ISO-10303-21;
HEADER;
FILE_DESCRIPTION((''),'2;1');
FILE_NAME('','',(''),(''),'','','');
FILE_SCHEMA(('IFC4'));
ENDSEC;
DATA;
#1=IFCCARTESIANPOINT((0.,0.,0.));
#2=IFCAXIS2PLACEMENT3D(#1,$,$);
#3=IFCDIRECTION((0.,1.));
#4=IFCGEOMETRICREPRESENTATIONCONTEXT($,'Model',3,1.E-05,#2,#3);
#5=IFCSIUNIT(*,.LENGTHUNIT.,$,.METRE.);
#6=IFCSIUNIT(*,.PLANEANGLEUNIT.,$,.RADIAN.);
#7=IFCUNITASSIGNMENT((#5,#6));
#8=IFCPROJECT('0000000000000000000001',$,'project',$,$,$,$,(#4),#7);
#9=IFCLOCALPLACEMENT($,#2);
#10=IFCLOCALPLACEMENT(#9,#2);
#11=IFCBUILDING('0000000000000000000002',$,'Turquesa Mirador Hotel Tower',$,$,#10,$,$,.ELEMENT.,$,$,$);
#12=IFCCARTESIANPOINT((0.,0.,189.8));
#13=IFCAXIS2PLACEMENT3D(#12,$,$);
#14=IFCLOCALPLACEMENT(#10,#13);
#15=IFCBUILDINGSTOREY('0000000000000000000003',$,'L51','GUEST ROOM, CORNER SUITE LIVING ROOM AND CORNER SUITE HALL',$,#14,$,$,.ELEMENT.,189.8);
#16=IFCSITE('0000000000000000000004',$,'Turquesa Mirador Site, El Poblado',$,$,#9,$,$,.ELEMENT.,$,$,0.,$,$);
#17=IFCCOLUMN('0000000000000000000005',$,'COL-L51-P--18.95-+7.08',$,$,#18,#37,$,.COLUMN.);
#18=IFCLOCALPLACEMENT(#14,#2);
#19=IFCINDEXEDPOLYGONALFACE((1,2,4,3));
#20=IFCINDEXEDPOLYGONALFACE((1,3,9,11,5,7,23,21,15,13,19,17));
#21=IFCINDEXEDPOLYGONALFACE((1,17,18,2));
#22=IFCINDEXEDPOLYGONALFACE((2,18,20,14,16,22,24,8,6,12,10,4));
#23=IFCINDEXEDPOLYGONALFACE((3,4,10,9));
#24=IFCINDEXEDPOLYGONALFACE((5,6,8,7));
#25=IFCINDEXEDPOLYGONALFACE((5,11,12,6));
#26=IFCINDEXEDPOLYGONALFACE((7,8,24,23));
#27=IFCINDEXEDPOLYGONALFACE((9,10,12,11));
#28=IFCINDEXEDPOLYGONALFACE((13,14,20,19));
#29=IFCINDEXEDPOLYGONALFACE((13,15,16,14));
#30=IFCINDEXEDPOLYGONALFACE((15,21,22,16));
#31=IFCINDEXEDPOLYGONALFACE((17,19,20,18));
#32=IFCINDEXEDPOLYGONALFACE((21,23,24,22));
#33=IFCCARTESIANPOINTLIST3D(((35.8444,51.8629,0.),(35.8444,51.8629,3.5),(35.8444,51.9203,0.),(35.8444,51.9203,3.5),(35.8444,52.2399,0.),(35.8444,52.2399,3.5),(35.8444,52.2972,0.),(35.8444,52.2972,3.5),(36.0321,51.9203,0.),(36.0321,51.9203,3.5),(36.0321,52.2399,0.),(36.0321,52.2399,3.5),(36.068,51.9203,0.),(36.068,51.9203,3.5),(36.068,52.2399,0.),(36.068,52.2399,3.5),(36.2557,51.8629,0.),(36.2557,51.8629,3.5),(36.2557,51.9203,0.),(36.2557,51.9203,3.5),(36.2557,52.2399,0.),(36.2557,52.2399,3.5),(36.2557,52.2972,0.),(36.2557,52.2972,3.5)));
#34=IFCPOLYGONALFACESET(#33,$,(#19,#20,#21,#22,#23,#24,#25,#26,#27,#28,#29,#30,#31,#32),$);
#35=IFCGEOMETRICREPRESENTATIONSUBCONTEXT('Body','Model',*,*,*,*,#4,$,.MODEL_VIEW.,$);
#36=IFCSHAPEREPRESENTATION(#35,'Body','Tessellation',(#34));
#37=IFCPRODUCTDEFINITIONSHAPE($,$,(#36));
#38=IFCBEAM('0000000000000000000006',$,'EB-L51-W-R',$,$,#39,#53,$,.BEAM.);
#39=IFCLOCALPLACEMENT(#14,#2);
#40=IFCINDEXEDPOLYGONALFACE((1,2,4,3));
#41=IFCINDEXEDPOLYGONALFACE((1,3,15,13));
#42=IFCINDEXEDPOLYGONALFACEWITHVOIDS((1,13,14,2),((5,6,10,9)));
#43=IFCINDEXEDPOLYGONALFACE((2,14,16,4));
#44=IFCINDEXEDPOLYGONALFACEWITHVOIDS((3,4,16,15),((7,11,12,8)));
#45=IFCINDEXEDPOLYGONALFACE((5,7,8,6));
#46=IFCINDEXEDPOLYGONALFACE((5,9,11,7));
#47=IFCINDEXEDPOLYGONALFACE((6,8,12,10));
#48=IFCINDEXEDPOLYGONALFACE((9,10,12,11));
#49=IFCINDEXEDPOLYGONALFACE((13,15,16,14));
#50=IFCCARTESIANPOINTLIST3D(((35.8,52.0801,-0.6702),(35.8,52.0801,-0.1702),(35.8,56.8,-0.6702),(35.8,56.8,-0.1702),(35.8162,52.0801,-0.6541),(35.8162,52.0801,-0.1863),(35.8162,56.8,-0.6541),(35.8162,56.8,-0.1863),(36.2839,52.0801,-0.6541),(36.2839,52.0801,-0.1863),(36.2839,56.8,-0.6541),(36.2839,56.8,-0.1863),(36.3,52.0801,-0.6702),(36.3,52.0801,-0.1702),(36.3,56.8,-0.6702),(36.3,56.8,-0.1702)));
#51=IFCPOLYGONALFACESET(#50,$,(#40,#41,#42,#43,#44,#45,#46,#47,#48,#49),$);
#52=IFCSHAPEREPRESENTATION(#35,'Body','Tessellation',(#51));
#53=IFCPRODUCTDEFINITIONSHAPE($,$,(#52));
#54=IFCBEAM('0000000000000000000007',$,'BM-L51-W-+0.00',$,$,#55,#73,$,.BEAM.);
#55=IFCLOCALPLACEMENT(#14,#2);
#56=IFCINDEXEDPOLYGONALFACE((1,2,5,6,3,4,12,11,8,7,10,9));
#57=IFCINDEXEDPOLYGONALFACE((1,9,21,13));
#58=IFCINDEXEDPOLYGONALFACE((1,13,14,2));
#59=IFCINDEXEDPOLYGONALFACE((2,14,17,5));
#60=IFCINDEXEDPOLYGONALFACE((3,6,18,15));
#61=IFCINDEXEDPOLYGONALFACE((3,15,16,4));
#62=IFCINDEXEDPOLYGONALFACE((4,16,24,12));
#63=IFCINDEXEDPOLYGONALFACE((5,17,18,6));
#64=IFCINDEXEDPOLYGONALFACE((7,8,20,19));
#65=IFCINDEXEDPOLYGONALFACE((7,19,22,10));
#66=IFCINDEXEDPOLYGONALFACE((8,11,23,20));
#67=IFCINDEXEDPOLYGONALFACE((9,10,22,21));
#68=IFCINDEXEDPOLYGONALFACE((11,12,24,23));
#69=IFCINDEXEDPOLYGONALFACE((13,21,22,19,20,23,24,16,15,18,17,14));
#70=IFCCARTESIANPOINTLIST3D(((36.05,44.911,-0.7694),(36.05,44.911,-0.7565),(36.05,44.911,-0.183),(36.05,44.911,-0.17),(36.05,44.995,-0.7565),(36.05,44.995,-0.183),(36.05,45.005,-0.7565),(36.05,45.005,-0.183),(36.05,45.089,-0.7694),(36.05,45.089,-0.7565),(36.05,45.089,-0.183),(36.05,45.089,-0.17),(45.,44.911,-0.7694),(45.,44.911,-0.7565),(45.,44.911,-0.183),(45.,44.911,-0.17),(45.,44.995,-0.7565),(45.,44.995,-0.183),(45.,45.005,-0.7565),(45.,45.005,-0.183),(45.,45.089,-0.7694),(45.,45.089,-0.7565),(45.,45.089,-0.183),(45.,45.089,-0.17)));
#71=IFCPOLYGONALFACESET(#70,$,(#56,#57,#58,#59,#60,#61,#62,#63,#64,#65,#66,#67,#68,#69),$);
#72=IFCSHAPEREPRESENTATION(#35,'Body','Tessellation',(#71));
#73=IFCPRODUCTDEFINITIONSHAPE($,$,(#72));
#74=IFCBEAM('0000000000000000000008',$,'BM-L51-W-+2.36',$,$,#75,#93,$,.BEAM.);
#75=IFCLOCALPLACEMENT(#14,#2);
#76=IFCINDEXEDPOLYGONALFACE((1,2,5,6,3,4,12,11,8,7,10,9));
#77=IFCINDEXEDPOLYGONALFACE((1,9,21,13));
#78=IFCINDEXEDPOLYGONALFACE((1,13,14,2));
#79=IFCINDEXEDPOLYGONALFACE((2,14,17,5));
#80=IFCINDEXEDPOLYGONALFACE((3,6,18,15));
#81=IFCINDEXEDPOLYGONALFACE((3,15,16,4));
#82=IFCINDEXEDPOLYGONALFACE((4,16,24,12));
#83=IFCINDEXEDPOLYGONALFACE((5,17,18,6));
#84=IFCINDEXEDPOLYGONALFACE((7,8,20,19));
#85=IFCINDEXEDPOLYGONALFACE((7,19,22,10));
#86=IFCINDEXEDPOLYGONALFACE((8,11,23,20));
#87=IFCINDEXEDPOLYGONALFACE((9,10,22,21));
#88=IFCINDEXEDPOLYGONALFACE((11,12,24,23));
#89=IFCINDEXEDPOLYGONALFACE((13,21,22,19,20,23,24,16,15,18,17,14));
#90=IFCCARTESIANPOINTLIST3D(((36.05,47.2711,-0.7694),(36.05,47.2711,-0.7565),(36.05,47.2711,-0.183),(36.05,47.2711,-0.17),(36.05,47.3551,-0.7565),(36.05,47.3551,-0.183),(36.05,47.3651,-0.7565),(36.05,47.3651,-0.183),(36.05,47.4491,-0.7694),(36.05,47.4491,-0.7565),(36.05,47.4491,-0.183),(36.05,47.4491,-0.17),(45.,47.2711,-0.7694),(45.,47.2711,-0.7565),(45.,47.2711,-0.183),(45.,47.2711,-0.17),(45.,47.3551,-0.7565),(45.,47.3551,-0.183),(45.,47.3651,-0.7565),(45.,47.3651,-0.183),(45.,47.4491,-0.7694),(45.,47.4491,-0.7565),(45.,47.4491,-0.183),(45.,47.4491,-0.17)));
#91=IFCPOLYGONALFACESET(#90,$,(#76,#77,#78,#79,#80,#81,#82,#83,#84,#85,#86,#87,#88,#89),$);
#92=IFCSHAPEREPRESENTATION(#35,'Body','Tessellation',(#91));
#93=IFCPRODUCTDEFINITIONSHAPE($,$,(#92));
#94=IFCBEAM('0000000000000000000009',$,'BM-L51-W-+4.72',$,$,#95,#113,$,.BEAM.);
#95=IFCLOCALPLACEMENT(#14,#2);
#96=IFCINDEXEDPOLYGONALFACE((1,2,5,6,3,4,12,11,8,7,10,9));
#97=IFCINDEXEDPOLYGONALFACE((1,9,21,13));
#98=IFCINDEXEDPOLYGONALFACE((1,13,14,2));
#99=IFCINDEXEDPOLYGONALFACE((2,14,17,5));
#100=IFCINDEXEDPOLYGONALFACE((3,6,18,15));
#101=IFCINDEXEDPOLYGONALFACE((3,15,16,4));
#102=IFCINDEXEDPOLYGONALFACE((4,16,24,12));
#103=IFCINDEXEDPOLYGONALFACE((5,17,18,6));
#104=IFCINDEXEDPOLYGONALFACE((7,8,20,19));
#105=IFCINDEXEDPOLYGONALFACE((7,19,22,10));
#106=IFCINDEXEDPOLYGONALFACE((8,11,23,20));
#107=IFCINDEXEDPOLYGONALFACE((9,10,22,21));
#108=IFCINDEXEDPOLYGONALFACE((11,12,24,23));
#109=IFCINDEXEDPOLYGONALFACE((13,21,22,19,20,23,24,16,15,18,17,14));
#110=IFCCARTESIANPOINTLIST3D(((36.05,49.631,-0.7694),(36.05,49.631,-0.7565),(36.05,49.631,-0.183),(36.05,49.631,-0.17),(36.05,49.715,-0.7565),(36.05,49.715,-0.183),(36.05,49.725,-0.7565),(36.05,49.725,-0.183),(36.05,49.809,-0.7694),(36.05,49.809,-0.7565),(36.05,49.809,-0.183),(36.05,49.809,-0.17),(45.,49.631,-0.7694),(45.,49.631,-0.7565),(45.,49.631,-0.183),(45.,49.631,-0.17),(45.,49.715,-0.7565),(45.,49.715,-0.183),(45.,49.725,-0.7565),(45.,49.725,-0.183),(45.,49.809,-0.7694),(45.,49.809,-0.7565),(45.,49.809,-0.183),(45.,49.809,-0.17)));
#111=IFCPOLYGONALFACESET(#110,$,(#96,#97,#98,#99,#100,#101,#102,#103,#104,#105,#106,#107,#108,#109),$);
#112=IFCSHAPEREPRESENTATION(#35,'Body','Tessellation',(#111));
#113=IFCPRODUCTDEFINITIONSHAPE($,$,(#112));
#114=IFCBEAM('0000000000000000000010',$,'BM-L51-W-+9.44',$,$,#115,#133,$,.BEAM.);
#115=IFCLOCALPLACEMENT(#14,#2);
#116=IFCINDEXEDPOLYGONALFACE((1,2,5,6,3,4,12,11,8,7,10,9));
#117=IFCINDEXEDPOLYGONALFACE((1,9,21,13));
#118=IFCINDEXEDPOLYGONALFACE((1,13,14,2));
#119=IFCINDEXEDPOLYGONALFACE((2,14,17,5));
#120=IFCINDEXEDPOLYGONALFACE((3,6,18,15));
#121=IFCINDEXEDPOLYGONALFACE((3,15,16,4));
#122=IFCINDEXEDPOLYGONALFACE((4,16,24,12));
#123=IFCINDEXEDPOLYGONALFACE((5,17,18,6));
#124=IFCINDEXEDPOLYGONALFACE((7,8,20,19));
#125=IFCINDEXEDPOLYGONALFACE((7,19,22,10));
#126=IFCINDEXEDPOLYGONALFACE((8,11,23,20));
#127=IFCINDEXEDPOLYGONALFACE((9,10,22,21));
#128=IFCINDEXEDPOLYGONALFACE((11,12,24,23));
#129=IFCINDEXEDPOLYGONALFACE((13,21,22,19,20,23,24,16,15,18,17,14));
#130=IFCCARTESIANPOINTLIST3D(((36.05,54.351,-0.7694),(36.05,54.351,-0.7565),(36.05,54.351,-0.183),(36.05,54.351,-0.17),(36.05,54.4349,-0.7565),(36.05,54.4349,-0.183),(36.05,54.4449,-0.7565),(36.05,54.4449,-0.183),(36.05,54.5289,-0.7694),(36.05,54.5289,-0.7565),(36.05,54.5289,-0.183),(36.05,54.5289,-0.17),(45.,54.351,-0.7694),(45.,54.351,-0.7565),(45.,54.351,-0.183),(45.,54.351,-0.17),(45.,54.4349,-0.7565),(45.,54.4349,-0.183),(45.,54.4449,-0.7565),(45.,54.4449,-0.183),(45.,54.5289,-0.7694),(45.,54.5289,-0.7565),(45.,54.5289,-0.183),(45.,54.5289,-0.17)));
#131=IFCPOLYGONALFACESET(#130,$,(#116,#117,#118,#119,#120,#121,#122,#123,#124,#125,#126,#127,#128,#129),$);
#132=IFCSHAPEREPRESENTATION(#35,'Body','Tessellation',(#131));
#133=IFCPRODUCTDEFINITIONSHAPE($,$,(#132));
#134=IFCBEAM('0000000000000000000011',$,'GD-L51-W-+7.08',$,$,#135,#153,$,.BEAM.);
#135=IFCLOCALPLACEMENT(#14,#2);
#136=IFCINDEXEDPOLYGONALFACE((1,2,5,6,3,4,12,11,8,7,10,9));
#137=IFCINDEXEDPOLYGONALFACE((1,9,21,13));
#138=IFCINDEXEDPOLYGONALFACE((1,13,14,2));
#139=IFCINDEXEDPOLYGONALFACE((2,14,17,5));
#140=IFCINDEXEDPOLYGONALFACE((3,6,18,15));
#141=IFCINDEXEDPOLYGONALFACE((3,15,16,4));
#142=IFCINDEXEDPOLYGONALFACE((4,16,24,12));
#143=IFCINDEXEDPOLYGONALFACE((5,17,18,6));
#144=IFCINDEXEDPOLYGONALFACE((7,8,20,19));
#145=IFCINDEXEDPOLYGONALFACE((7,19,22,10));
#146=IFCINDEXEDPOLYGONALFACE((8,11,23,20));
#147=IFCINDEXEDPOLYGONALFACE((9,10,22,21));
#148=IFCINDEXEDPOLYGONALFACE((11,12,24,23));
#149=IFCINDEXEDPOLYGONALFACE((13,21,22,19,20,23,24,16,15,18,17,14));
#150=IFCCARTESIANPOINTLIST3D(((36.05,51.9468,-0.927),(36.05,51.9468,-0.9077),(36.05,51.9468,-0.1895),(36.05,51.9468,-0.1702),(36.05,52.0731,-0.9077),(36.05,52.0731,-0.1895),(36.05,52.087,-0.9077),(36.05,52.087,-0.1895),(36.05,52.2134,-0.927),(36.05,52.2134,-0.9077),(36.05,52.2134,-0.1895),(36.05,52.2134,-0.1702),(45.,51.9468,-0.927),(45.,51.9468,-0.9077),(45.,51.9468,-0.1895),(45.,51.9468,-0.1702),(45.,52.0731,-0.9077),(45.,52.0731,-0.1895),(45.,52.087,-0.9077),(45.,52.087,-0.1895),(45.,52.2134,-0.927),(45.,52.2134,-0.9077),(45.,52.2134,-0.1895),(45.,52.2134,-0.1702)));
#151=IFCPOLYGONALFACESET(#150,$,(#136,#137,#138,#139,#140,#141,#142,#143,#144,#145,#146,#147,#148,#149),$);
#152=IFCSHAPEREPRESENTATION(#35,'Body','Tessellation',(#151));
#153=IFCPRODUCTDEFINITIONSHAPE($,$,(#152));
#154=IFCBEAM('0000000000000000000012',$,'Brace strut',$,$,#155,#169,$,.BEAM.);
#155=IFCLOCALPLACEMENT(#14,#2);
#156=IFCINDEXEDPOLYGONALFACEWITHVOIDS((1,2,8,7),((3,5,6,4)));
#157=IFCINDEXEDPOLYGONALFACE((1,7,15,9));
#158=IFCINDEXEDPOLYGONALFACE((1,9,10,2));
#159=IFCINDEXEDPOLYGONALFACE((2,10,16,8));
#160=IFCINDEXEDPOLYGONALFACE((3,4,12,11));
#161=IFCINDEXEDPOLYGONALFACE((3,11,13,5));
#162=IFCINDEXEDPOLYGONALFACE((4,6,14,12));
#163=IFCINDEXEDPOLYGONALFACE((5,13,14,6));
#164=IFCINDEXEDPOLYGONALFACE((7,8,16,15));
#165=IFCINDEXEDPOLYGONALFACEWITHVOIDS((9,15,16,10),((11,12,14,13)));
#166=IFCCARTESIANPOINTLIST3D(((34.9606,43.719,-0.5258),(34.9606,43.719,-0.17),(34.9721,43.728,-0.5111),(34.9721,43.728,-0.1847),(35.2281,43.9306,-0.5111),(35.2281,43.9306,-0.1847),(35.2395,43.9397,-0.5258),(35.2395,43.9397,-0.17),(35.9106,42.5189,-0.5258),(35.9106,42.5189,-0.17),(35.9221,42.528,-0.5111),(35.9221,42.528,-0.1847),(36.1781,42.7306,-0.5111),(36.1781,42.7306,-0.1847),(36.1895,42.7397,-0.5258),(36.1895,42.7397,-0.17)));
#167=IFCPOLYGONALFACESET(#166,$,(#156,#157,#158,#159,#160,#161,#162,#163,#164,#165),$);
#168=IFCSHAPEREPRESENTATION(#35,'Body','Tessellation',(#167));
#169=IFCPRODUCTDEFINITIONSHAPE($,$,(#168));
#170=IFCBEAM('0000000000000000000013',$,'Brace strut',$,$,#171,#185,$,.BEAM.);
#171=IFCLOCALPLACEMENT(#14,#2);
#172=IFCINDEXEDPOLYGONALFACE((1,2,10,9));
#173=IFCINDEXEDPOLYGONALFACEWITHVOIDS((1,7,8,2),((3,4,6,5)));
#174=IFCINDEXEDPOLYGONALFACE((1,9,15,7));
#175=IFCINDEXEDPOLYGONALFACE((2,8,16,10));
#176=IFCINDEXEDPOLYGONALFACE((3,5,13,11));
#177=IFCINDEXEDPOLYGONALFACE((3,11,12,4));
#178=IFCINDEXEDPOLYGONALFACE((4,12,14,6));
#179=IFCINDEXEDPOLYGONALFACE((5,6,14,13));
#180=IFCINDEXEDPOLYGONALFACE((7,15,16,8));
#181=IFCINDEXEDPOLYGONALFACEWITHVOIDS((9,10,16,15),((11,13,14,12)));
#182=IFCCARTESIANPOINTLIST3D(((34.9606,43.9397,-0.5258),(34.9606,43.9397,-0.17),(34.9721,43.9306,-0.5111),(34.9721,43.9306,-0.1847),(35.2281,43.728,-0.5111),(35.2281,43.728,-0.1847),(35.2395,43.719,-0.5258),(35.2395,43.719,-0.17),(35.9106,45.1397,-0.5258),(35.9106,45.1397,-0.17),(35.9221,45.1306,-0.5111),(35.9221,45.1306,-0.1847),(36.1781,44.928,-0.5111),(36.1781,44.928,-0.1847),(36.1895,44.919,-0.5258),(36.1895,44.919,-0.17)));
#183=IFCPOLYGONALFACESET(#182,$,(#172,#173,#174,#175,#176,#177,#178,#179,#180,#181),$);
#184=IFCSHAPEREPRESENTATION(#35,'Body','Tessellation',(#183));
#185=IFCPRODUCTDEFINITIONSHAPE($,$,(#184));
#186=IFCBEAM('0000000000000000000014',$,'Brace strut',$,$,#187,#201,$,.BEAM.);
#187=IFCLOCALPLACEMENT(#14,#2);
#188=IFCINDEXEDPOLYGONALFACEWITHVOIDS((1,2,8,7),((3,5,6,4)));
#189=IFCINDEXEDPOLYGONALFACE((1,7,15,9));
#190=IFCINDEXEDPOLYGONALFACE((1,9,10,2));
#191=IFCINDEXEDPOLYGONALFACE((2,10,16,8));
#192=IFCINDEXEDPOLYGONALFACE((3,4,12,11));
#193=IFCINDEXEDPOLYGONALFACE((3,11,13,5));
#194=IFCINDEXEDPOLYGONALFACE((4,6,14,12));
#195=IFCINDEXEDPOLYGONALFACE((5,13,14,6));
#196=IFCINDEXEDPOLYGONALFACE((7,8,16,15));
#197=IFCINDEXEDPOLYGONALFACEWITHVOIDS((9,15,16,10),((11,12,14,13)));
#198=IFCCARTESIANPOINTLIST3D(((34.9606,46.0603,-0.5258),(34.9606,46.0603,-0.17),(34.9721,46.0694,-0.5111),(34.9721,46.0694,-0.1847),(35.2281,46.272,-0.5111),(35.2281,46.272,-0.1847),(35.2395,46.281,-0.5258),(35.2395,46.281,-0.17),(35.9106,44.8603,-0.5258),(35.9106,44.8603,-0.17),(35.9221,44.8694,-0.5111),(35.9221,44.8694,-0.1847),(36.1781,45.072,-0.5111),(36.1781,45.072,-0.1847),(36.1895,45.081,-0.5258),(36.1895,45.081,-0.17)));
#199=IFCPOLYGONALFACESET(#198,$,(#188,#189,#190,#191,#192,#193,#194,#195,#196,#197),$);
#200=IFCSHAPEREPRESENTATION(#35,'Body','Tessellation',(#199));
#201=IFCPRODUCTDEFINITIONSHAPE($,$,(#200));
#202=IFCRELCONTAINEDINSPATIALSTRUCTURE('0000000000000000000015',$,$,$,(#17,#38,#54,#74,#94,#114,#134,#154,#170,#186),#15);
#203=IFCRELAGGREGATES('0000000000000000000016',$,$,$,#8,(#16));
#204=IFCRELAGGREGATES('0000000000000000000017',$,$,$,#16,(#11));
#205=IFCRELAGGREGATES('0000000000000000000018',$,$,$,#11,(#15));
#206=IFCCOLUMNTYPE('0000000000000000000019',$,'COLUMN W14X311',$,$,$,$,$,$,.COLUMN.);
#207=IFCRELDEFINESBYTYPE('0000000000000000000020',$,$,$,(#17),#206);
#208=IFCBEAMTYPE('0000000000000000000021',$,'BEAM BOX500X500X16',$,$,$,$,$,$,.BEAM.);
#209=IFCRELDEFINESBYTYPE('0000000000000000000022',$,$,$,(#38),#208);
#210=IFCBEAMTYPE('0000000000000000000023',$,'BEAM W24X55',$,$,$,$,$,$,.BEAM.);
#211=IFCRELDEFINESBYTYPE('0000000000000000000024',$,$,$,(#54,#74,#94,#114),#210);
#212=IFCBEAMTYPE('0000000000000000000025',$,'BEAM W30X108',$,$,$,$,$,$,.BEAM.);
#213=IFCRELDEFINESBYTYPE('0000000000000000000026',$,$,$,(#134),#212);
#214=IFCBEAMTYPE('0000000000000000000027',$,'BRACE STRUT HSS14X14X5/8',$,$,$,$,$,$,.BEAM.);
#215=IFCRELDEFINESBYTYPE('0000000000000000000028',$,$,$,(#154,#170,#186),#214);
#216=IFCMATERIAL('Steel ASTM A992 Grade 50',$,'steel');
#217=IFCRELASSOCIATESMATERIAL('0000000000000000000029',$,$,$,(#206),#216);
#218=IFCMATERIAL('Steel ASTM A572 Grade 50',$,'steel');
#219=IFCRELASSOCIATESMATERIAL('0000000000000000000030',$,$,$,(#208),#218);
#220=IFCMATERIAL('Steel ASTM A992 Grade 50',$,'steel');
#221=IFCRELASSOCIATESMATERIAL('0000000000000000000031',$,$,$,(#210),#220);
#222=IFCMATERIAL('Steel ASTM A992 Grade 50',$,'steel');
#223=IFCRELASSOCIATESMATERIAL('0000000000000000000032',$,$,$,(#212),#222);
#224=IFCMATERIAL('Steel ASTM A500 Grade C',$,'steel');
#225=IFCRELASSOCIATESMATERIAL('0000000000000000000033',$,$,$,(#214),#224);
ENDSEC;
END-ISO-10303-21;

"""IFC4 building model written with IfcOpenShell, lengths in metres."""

from ifc_helpers import new_model, si_unit, direction, frame, origin, origin_2d, place, context, subcontext, project, spatial, hollow_rectangle, i_section, extrude, material, material_profile, profile_set, type_object, element, save


model = new_model("IFC4")

# Units and contexts
model_context = context("Model", 3, precision=1e-05, world=origin(), true_north=direction((0.0, 1.0)))
body_context = subcontext(model_context, "Body", "Model", "MODEL_VIEW")
ifc_project = project(units=[si_unit("LENGTHUNIT", "METRE"), si_unit("PLANEANGLEUNIT", "RADIAN")], contexts=[model_context])

# Site, building, storey
site_placement = place(None, origin())
site = spatial("IfcSite", under=ifc_project, at=site_placement, Name="Turquesa Mirador Site, El Poblado", CompositionType="ELEMENT", RefElevation=0.0)
building_placement = place(site_placement, origin())
building = spatial("IfcBuilding", under=site, at=building_placement, Name="Turquesa Mirador Hotel Tower", CompositionType="ELEMENT")
storey_placement = place(building_placement, frame((0.0, 0.0, 189.8)))
storey = spatial("IfcBuildingStorey", under=building, at=storey_placement, Name="L51", Description="GUEST ROOM, CORNER SUITE LIVING ROOM AND CORNER SUITE HALL", CompositionType="ELEMENT", Elevation=189.8)

# Column
ifc_material_1 = material(Name="Steel ASTM A992 Grade 50", Category="steel")
ifc_material_profile_1 = material_profile(ifc_material_1, i_section(OverallWidth=0.4114, OverallDepth=0.4343, WebThickness=0.0359, FlangeThickness=0.0574, at=origin_2d()), Name="W14X311")
ifc_profile_set_1 = profile_set([ifc_material_profile_1], Name="Steel ASTM A992 Grade 50")
column_type = type_object("IfcColumnType", Name="COLUMN W14X311", PredefinedType="COLUMN", material=ifc_profile_set_1)
column_placement = place(storey_placement, frame((36.05, 52.0801, 0.0), z_axis=(0.0, 0.0, 1.0), x_axis=(1.0, 0.0, 0.0)))
element("IfcColumn", 1, at=column_placement, inside=storey, type_object=column_type, Name="COL-L51-P--18.95-+7.08", PredefinedType="COLUMN", context=body_context, shape_type="SweptSolid", body=[
    extrude(i_section(OverallWidth=0.4114, OverallDepth=0.4343, WebThickness=0.0359, FlangeThickness=0.0574, at=origin_2d()), origin(), (0.0, 0.0, 1.0), 3.5),
])

# Beams
ifc_material_2 = material(Name="Steel ASTM A572 Grade 50", Category="steel")
ifc_material_profile_2 = material_profile(ifc_material_2, hollow_rectangle(XDim=0.5, YDim=0.5, WallThickness=0.0161, at=origin_2d()), Name="BOX500X500X16")
ifc_profile_set_2 = profile_set([ifc_material_profile_2], Name="Steel ASTM A572 Grade 50")
beam_type_1 = type_object("IfcBeamType", Name="BEAM BOX500X500X16", PredefinedType="BEAM", material=ifc_profile_set_2)
beam_1_placement = place(storey_placement, frame((36.05, 52.0801, -0.4202), z_axis=(0.0, 1.0, 0.0), x_axis=(-1.0, 0.0, 0.0)))
element("IfcBeam", 2, at=beam_1_placement, inside=storey, type_object=beam_type_1, Name="EB-L51-W-R", PredefinedType="BEAM", context=body_context, shape_type="SweptSolid", body=[
    extrude(hollow_rectangle(XDim=0.5, YDim=0.5, WallThickness=0.0161, at=origin_2d()), origin(), (0.0, 0.0, 1.0), 4.72),
])
ifc_material_3 = material(Name="Steel ASTM A992 Grade 50", Category="steel")
ifc_material_profile_3 = material_profile(ifc_material_3, i_section(OverallWidth=0.178, OverallDepth=0.5994, WebThickness=0.01, FlangeThickness=0.0129, at=origin_2d()), Name="W24X55")
ifc_profile_set_3 = profile_set([ifc_material_profile_3], Name="Steel ASTM A992 Grade 50")
beam_type_2 = type_object("IfcBeamType", Name="BEAM W24X55", PredefinedType="BEAM", material=ifc_profile_set_3)
for number, where, z_axis, x_axis, name in (
    (3, (36.05, 45.0, -0.4697), (1.0, 0.0, 0.0), (0.0, 1.0, 0.0), "BM-L51-W-+0.00"),
    (4, (36.05, 47.3601, -0.4697), (1.0, 0.0, 0.0), (0.0, 1.0, 0.0), "BM-L51-W-+2.36"),
    (5, (36.05, 49.72, -0.4697), (1.0, 0.0, 0.0), (0.0, 1.0, 0.0), "BM-L51-W-+4.72"),
    (6, (36.05, 54.4399, -0.4697), (1.0, 0.0, 0.0), (0.0, 1.0, 0.0), "BM-L51-W-+9.44"),
):
    element("IfcBeam", number, at=place(storey_placement, frame(where, z_axis=z_axis, x_axis=x_axis)), inside=storey, type_object=beam_type_2, Name=name, PredefinedType="BEAM", context=body_context, shape_type="SweptSolid", body=[
        extrude(i_section(OverallWidth=0.178, OverallDepth=0.5994, WebThickness=0.01, FlangeThickness=0.0129, at=origin_2d()), origin(), (0.0, 0.0, 1.0), 8.95),
    ])
ifc_material_4 = material(Name="Steel ASTM A992 Grade 50", Category="steel")
ifc_material_profile_4 = material_profile(ifc_material_4, i_section(OverallWidth=0.2666, OverallDepth=0.7568, WebThickness=0.0139, FlangeThickness=0.0193, at=origin_2d()), Name="W30X108")
ifc_profile_set_4 = profile_set([ifc_material_profile_4], Name="Steel ASTM A992 Grade 50")
beam_type_3 = type_object("IfcBeamType", Name="BEAM W30X108", PredefinedType="BEAM", material=ifc_profile_set_4)
beam_2_placement = place(storey_placement, frame((36.05, 52.0801, -0.5486), z_axis=(1.0, 0.0, 0.0), x_axis=(0.0, 1.0, 0.0)))
element("IfcBeam", 7, at=beam_2_placement, inside=storey, type_object=beam_type_3, Name="GD-L51-W-+7.08", PredefinedType="BEAM", context=body_context, shape_type="SweptSolid", body=[
    extrude(i_section(OverallWidth=0.2666, OverallDepth=0.7568, WebThickness=0.0139, FlangeThickness=0.0193, at=origin_2d()), origin(), (0.0, 0.0, 1.0), 8.95),
])
ifc_material_5 = material(Name="Steel ASTM A500 Grade C", Category="steel")
ifc_material_profile_5 = material_profile(ifc_material_5, hollow_rectangle(XDim=0.3557, YDim=0.3557, WallThickness=0.0146, at=origin_2d()), Name="HSS14X14X5/8")
ifc_profile_set_5 = profile_set([ifc_material_profile_5], Name="Steel ASTM A500 Grade C")
beam_type_4 = type_object("IfcBeamType", Name="BRACE STRUT HSS14X14X5/8", PredefinedType="BEAM", material=ifc_profile_set_5)
for number, where, z_axis, x_axis, name in (
    (8, (35.1001, 43.8293, -0.3479), (0.620699, -0.784049, 0.0), (0.784049, 0.620699, 0.0), "Brace strut"),
    (9, (35.1001, 43.8293, -0.3479), (0.620699, 0.784049, 0.0), (-0.784049, 0.620699, 0.0), "Brace strut"),
    (10, (35.1001, 46.1707, -0.3479), (0.620699, -0.784049, 0.0), (0.784049, 0.620699, 0.0), "Brace strut"),
):
    element("IfcBeam", number, at=place(storey_placement, frame(where, z_axis=z_axis, x_axis=x_axis)), inside=storey, type_object=beam_type_4, Name=name, PredefinedType="BEAM", context=body_context, shape_type="SweptSolid", body=[
        extrude(hollow_rectangle(XDim=0.3557, YDim=0.3557, WallThickness=0.0146, at=origin_2d()), origin(), (0.0, 0.0, 1.0), 1.5305),
    ])

save(model, "model.ifc")
